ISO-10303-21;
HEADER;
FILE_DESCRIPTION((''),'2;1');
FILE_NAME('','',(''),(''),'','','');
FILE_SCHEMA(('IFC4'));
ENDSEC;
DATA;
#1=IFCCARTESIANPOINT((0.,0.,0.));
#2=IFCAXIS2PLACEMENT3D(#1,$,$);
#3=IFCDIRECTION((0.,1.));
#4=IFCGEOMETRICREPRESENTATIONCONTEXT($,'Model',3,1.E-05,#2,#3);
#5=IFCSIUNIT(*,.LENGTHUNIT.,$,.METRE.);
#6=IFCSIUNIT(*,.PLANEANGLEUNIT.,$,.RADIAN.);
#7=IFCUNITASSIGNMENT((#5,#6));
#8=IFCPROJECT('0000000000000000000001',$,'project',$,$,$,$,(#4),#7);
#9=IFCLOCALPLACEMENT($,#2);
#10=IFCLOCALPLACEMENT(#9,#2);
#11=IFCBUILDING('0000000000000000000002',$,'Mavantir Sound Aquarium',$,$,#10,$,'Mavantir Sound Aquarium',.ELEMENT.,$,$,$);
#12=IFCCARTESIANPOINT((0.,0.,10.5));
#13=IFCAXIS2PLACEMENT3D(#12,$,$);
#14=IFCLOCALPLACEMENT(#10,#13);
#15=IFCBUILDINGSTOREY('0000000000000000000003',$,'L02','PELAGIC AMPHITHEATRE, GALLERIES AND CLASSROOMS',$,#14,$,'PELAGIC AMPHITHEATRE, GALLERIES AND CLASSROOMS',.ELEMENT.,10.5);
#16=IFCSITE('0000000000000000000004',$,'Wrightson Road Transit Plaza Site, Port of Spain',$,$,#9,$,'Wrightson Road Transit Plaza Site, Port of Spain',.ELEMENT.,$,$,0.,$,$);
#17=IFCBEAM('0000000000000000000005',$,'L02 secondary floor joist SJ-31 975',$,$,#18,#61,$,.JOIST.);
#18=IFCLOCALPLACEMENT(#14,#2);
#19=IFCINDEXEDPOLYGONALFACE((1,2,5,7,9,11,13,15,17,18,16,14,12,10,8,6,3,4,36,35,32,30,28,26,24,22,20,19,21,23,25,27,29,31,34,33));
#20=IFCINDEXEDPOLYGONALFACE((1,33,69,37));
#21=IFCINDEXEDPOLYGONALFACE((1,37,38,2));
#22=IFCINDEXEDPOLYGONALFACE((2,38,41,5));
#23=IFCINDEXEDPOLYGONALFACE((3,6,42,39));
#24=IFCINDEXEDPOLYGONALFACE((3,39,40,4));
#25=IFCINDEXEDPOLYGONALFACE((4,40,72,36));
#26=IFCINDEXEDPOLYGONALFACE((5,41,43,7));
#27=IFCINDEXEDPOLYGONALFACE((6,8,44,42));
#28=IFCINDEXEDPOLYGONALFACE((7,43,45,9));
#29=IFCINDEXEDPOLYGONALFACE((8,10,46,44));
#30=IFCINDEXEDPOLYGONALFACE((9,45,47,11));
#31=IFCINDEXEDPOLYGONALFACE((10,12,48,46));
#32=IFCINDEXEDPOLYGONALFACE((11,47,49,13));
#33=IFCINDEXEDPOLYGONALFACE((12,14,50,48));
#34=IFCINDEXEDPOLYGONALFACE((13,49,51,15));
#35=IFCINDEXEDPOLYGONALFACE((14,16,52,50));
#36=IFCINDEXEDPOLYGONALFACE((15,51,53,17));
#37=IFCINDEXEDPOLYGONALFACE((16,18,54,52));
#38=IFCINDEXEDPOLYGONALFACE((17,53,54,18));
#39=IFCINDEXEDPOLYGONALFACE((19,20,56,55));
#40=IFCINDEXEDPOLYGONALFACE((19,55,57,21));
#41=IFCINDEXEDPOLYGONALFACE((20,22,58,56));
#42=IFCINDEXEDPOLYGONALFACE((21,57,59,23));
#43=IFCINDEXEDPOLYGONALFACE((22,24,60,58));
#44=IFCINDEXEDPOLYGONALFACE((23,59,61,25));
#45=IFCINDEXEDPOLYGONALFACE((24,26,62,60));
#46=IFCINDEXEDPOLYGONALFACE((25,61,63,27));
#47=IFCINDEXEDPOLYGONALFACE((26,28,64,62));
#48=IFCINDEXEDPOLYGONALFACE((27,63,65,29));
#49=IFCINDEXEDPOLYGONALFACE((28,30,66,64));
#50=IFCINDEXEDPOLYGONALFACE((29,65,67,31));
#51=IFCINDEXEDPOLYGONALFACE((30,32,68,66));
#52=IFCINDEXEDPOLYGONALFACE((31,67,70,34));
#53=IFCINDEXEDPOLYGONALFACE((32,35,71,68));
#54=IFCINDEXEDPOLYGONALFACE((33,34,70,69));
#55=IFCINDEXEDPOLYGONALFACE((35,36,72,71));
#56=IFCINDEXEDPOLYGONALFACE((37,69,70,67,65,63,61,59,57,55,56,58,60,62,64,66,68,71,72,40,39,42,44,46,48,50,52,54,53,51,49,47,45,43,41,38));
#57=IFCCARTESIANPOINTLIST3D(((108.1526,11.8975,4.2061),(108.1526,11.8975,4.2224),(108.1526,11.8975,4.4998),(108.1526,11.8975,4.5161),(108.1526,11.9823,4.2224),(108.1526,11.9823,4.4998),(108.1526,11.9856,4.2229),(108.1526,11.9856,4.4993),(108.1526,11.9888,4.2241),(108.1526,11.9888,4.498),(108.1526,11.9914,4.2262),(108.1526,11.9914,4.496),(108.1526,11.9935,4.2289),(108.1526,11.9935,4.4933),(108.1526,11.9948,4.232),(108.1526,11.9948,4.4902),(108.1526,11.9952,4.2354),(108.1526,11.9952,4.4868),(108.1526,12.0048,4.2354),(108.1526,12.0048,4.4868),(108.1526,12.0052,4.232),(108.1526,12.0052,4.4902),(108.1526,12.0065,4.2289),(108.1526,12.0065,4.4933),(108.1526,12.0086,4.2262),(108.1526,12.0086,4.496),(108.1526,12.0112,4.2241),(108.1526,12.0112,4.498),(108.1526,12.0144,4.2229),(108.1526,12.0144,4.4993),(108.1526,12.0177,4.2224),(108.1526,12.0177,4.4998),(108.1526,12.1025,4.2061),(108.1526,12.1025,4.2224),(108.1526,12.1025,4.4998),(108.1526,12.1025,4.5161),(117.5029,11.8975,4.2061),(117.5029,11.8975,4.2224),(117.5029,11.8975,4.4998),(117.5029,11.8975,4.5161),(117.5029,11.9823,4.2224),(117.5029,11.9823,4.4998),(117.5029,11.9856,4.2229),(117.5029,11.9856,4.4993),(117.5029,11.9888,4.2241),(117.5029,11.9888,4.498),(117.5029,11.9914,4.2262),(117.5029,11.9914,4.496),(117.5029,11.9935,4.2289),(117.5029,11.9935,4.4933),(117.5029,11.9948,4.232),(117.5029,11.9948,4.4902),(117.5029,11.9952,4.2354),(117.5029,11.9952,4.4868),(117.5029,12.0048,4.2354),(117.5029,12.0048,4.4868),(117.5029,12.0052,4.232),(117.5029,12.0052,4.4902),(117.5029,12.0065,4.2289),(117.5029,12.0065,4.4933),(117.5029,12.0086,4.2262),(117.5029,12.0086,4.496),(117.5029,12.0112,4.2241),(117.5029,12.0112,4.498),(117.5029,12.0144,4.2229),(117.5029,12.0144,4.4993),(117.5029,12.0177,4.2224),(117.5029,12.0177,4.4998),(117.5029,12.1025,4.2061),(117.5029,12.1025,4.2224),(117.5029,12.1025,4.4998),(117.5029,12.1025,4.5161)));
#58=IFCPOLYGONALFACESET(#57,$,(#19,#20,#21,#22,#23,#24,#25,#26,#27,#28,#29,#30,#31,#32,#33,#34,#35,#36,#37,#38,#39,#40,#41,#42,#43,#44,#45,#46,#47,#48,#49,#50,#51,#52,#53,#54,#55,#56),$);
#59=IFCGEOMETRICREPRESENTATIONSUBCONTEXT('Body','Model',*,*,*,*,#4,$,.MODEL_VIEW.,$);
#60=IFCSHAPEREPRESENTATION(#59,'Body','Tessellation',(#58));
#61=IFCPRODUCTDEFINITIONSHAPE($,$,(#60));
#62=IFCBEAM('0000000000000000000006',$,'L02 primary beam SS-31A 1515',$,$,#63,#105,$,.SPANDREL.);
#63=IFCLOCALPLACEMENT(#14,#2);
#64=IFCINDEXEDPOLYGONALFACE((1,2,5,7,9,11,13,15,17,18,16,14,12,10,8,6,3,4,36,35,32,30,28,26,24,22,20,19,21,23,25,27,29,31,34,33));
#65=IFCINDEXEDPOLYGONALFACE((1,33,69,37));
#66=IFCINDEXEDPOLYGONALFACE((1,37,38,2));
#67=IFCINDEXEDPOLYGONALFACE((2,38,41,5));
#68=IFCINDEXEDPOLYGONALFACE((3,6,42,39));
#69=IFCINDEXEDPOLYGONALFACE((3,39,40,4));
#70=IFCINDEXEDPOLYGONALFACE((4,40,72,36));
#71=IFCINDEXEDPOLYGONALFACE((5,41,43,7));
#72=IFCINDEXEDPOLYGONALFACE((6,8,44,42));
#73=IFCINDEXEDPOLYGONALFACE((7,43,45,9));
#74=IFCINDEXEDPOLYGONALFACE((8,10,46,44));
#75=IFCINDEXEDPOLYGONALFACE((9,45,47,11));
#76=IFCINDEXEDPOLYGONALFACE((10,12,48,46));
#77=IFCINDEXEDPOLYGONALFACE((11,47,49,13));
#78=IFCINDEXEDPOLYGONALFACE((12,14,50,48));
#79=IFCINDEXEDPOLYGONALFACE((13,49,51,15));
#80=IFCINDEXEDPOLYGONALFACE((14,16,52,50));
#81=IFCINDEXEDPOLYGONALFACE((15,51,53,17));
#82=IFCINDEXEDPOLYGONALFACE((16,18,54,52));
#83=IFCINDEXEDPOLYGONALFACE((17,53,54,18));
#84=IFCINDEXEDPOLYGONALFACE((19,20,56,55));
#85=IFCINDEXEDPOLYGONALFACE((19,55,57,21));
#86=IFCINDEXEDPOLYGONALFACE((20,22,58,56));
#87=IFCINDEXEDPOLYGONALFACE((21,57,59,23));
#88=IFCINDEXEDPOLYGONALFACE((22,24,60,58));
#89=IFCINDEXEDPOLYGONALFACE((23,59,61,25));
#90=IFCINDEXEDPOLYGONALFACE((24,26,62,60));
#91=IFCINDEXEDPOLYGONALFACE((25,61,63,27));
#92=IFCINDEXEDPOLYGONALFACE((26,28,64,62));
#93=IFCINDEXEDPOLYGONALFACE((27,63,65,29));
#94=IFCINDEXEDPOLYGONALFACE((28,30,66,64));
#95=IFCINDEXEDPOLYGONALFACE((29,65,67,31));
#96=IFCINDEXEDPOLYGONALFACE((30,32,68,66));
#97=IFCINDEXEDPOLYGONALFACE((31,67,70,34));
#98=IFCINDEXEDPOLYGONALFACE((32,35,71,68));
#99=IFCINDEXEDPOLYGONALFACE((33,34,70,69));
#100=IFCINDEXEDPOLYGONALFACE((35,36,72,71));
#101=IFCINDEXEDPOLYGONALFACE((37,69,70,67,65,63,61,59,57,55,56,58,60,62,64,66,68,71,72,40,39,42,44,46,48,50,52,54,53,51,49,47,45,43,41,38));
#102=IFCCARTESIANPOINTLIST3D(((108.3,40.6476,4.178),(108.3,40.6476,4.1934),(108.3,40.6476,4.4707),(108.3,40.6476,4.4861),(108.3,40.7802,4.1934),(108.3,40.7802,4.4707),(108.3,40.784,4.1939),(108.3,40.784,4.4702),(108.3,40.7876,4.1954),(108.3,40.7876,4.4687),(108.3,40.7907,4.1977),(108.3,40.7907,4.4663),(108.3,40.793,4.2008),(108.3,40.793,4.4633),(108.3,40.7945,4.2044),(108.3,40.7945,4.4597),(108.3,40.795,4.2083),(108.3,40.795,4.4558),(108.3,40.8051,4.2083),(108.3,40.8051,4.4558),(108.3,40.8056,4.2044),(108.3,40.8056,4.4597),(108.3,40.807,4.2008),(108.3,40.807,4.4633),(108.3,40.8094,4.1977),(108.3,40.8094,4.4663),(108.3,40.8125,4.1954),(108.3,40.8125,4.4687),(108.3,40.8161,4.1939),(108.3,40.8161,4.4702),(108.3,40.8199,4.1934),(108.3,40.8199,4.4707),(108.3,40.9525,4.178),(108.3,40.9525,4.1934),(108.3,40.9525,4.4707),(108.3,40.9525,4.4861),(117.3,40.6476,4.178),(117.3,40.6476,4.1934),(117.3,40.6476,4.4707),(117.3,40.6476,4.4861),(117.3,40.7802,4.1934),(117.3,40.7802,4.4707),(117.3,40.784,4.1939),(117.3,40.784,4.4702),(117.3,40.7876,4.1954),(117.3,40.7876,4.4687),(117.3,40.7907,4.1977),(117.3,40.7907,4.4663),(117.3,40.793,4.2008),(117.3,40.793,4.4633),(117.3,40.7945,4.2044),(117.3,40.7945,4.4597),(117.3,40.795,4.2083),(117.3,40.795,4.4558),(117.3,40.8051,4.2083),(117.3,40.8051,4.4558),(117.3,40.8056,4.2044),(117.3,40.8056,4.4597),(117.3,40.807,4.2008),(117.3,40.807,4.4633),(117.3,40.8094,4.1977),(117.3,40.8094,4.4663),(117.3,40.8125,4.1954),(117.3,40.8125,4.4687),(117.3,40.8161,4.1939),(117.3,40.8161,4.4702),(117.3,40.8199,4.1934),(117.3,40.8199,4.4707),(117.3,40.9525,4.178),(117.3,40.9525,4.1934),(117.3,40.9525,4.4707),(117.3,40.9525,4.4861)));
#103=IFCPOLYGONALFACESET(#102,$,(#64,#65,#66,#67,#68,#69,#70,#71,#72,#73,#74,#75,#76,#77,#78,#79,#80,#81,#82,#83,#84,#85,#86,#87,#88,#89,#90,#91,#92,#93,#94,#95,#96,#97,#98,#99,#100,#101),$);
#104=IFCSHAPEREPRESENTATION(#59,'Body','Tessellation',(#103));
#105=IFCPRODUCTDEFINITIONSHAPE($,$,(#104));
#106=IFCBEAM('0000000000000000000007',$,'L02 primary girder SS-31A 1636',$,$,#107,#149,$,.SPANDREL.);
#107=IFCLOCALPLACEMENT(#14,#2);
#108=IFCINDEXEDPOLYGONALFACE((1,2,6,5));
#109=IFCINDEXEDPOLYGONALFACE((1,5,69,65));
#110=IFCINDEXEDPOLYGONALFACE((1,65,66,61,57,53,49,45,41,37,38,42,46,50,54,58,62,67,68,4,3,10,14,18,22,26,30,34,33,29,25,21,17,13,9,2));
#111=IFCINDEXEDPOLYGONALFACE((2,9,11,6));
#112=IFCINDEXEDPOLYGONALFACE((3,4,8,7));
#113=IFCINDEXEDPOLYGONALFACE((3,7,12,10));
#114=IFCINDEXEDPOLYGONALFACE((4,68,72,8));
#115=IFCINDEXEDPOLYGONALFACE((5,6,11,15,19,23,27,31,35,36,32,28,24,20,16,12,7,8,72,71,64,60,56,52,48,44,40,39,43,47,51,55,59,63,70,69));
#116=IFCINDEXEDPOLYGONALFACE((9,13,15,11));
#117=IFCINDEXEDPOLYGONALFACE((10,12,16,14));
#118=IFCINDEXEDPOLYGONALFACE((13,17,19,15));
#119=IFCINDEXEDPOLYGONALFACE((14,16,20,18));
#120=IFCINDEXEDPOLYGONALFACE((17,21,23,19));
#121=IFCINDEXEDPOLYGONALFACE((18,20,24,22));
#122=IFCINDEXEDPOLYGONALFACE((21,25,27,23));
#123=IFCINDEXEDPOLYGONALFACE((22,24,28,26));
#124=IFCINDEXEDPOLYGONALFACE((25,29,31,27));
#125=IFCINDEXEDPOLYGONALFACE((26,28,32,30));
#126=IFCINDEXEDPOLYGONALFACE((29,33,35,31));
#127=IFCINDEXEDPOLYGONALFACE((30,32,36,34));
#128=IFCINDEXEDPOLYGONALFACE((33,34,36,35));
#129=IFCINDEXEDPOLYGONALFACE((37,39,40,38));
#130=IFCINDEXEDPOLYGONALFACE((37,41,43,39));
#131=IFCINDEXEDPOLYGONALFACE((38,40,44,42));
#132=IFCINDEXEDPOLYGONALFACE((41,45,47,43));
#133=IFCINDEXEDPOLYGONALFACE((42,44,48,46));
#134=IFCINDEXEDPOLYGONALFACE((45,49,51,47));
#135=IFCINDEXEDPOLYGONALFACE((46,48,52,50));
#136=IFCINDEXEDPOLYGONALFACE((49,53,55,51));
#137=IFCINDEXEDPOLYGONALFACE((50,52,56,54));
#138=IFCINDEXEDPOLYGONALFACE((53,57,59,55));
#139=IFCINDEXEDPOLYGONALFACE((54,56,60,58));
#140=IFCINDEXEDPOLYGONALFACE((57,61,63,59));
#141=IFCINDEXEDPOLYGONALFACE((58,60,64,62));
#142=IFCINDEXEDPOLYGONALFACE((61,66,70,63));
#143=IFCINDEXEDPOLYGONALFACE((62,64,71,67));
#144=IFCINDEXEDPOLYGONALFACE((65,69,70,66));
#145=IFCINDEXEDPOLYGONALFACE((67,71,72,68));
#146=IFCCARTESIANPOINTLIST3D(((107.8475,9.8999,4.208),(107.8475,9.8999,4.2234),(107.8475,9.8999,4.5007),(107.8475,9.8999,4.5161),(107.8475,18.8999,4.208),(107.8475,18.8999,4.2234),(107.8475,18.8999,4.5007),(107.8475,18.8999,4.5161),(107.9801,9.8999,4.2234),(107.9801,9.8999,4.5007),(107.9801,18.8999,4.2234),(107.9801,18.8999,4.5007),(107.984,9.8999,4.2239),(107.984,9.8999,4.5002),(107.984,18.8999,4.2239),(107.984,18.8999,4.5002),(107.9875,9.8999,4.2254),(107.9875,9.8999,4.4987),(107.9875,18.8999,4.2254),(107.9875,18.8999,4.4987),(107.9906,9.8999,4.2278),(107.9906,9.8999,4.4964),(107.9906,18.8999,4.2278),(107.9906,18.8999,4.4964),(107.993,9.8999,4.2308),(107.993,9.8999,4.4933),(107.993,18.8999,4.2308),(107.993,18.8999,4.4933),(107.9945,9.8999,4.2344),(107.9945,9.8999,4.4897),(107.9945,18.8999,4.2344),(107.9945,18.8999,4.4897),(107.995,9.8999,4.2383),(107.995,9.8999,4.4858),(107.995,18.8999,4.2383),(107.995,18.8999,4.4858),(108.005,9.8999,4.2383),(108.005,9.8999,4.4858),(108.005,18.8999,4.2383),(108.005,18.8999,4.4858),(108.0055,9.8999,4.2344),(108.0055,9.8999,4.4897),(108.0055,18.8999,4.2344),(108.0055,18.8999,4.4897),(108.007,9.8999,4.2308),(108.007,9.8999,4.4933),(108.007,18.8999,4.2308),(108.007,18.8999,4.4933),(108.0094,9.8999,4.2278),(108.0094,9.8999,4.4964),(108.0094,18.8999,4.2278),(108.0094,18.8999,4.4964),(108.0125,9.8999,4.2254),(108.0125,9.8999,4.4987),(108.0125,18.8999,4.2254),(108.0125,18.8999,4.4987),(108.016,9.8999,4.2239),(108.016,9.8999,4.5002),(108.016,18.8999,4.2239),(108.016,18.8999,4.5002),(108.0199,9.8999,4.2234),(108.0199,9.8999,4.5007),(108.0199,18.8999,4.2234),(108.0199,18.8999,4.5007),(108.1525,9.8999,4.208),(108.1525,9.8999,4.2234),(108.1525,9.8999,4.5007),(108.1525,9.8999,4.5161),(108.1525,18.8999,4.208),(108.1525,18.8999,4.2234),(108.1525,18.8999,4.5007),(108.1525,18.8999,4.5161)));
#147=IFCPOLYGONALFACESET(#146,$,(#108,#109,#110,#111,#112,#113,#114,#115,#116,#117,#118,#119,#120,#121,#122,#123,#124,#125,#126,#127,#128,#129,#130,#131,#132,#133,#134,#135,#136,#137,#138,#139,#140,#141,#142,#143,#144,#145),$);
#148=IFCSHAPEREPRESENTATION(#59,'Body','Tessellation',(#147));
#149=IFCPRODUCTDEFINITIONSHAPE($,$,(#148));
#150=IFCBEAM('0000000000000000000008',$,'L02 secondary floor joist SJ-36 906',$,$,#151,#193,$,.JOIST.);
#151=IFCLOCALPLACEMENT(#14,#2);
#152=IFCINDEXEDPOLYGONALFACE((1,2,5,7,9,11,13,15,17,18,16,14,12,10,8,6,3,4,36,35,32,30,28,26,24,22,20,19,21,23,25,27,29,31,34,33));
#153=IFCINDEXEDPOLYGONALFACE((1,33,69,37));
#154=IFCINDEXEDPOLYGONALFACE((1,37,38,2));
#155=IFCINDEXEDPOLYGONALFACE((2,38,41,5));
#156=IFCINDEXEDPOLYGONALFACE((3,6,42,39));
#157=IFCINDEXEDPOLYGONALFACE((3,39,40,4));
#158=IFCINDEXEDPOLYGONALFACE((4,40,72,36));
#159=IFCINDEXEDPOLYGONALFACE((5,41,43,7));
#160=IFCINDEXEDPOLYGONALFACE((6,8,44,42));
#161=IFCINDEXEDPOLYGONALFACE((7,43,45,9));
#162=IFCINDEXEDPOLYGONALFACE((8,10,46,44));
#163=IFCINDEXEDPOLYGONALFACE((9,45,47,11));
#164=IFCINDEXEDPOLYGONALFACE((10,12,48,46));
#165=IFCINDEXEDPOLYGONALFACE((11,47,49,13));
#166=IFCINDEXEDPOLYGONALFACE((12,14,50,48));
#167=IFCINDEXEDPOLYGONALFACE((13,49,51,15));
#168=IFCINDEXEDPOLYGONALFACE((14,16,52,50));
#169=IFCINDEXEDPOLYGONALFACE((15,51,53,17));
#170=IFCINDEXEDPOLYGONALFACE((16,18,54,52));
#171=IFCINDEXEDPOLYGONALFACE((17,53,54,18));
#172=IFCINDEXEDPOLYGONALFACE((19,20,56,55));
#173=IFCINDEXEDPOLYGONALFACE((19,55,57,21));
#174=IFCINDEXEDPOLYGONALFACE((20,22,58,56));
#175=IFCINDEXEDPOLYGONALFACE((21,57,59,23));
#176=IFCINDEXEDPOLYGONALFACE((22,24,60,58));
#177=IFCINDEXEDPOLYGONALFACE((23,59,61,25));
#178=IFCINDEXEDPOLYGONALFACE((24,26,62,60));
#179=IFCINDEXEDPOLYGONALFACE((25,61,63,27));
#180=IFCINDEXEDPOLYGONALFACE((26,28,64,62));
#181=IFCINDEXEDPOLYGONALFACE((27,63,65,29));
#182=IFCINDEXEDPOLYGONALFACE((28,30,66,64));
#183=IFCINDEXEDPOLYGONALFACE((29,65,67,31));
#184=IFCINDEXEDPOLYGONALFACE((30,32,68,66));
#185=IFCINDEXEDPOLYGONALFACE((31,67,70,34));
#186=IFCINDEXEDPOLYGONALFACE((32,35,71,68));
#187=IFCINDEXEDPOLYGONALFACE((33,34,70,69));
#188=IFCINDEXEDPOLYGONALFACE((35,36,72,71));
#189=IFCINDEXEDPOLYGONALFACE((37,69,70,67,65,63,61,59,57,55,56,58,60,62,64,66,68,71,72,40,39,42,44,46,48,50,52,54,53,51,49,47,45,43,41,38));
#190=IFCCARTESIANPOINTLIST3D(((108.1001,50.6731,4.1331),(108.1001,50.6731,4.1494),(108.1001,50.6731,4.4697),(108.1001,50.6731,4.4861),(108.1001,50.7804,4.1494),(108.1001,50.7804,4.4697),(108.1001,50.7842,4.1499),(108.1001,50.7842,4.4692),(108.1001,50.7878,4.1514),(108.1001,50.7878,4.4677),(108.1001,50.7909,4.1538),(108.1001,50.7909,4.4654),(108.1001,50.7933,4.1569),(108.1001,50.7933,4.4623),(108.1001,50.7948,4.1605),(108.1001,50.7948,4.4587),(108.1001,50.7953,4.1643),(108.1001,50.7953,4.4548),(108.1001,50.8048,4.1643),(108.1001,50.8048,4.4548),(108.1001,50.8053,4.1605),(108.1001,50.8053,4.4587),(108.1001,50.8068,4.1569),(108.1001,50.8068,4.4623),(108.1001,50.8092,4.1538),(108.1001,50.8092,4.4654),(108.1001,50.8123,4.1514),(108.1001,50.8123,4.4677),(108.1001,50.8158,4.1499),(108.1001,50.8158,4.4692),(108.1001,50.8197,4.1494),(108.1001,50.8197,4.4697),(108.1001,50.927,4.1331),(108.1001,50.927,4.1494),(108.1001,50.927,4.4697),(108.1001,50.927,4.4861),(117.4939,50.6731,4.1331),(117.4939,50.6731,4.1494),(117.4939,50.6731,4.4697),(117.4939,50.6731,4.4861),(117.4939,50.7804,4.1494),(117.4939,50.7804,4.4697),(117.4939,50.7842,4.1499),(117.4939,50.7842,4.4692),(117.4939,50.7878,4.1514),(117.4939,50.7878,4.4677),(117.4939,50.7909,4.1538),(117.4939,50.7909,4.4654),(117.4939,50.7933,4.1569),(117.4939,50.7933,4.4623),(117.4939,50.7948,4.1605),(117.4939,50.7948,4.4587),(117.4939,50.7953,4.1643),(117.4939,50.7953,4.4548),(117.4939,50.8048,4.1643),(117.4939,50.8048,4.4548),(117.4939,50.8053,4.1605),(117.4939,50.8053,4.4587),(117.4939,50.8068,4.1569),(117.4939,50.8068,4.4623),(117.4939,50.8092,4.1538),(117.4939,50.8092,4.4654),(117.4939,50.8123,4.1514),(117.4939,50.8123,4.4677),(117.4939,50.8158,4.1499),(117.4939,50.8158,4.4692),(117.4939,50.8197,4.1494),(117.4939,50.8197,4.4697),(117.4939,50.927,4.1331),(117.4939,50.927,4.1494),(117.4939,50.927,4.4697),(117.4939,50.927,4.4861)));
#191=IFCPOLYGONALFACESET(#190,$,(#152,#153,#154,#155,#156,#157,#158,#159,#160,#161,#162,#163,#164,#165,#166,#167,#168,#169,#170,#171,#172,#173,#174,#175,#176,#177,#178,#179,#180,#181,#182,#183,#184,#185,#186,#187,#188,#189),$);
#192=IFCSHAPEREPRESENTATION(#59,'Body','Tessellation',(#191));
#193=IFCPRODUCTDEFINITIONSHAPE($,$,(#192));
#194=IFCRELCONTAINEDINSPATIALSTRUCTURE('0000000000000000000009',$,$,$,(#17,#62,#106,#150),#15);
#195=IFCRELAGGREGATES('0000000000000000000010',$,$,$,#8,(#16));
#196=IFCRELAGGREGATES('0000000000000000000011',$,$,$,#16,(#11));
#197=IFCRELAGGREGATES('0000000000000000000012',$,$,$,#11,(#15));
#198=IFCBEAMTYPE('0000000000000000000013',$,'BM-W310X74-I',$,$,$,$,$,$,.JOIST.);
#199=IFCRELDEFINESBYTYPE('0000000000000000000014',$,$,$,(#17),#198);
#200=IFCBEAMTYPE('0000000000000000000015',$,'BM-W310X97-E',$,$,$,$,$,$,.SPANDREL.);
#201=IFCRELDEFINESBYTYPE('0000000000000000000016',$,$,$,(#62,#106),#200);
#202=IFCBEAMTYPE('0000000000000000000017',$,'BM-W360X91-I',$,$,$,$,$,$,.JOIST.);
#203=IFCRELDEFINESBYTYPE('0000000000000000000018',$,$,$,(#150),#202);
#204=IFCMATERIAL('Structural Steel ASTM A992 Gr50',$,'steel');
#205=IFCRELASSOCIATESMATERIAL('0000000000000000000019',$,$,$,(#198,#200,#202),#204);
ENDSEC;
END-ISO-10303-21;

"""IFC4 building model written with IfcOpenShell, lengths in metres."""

from ifc_helpers import new_model, si_unit, direction, frame, origin, origin_2d, place, context, subcontext, project, spatial, i_section, extrude, material, material_profile, profile_set, type_object, element, save


model = new_model("IFC4")

# Units and contexts
model_context = context("Model", 3, precision=1e-05, world=origin(), true_north=direction((0.0, 1.0)))
body_context = subcontext(model_context, "Body", "Model", "MODEL_VIEW")
ifc_project = project(units=[si_unit("LENGTHUNIT", "METRE"), si_unit("PLANEANGLEUNIT", "RADIAN")], contexts=[model_context])

# Site, building, storey
site_placement = place(None, origin())
site = spatial("IfcSite", under=ifc_project, at=site_placement, Name="Wrightson Road Transit Plaza Site, Port of Spain", LongName="Wrightson Road Transit Plaza Site, Port of Spain", CompositionType="ELEMENT", RefElevation=0.0)
building_placement = place(site_placement, origin())
building = spatial("IfcBuilding", under=site, at=building_placement, Name="Mavantir Sound Aquarium", LongName="Mavantir Sound Aquarium", CompositionType="ELEMENT")
storey_placement = place(building_placement, frame((0.0, 0.0, 10.5)))
storey = spatial("IfcBuildingStorey", under=building, at=storey_placement, Name="L02", Description="PELAGIC AMPHITHEATRE, GALLERIES AND CLASSROOMS", LongName="PELAGIC AMPHITHEATRE, GALLERIES AND CLASSROOMS", CompositionType="ELEMENT", Elevation=10.5)

# Beams
ifc_material_1 = material(Name="Structural Steel ASTM A992 Gr50", Category="steel")
ifc_material_profile_1 = material_profile(ifc_material_1, i_section(OverallWidth=0.2051, OverallDepth=0.3101, WebThickness=0.0095, FlangeThickness=0.0164, FilletRadius=0.0129, at=origin_2d()), Name="W310X74")
ifc_profile_set_1 = profile_set([ifc_material_profile_1], Name="Structural Steel ASTM A992 Gr50")
beam_type_1 = type_object("IfcBeamType", Name="BM-W310X74-I", PredefinedType="JOIST", material=ifc_profile_set_1)
beam_1_placement = place(storey_placement, frame((108.1526, 12.0, 4.3611), z_axis=(1.0, 0.0, 0.0), x_axis=(0.0, 1.0, 0.0)))
element("IfcBeam", 1, at=beam_1_placement, inside=storey, type_object=beam_type_1, Name="L02 secondary floor joist SJ-31 975", PredefinedType="JOIST", context=body_context, shape_type="SweptSolid", body=[
    extrude(i_section(OverallWidth=0.2051, OverallDepth=0.3101, WebThickness=0.0095, FlangeThickness=0.0164, FilletRadius=0.0129, at=origin_2d()), origin(), (0.0, 0.0, 1.0), 9.3503),
])
ifc_material_profile_2 = material_profile(ifc_material_1, i_section(OverallWidth=0.3049, OverallDepth=0.3081, WebThickness=0.01, FlangeThickness=0.0154, FilletRadius=0.0149, at=origin_2d()), Name="W310X97")
ifc_profile_set_2 = profile_set([ifc_material_profile_2], Name="Structural Steel ASTM A992 Gr50")
beam_type_2 = type_object("IfcBeamType", Name="BM-W310X97-E", PredefinedType="SPANDREL", material=ifc_profile_set_2)
for number, where, z_axis, x_axis, name in (
    (2, (108.3, 40.8, 4.332), (1.0, 0.0, 0.0), (0.0, 1.0, 0.0), "L02 primary beam SS-31A 1515"),
    (3, (108.0, 9.8999, 4.3621), (0.0, 1.0, 0.0), (-1.0, 0.0, 0.0), "L02 primary girder SS-31A 1636"),
):
    element("IfcBeam", number, at=place(storey_placement, frame(where, z_axis=z_axis, x_axis=x_axis)), inside=storey, type_object=beam_type_2, Name=name, PredefinedType="SPANDREL", context=body_context, shape_type="SweptSolid", body=[
        extrude(i_section(OverallWidth=0.3049, OverallDepth=0.3081, WebThickness=0.01, FlangeThickness=0.0154, FilletRadius=0.0149, at=origin_2d()), origin(), (0.0, 0.0, 1.0), 9.0),
    ])
ifc_material_profile_3 = material_profile(ifc_material_1, i_section(OverallWidth=0.2539, OverallDepth=0.353, WebThickness=0.0095, FlangeThickness=0.0164, FilletRadius=0.0149, at=origin_2d()), Name="W360X91")
ifc_profile_set_3 = profile_set([ifc_material_profile_3], Name="Structural Steel ASTM A992 Gr50")
beam_type_3 = type_object("IfcBeamType", Name="BM-W360X91-I", PredefinedType="JOIST", material=ifc_profile_set_3)
beam_2_placement = place(storey_placement, frame((108.1001, 50.8, 4.3096), z_axis=(1.0, 0.0, 0.0), x_axis=(0.0, 1.0, 0.0)))
element("IfcBeam", 4, at=beam_2_placement, inside=storey, type_object=beam_type_3, Name="L02 secondary floor joist SJ-36 906", PredefinedType="JOIST", context=body_context, shape_type="SweptSolid", body=[
    extrude(i_section(OverallWidth=0.2539, OverallDepth=0.353, WebThickness=0.0095, FlangeThickness=0.0164, FilletRadius=0.0149, at=origin_2d()), origin(), (0.0, 0.0, 1.0), 9.3938),
])

save(model, "model.ifc")
